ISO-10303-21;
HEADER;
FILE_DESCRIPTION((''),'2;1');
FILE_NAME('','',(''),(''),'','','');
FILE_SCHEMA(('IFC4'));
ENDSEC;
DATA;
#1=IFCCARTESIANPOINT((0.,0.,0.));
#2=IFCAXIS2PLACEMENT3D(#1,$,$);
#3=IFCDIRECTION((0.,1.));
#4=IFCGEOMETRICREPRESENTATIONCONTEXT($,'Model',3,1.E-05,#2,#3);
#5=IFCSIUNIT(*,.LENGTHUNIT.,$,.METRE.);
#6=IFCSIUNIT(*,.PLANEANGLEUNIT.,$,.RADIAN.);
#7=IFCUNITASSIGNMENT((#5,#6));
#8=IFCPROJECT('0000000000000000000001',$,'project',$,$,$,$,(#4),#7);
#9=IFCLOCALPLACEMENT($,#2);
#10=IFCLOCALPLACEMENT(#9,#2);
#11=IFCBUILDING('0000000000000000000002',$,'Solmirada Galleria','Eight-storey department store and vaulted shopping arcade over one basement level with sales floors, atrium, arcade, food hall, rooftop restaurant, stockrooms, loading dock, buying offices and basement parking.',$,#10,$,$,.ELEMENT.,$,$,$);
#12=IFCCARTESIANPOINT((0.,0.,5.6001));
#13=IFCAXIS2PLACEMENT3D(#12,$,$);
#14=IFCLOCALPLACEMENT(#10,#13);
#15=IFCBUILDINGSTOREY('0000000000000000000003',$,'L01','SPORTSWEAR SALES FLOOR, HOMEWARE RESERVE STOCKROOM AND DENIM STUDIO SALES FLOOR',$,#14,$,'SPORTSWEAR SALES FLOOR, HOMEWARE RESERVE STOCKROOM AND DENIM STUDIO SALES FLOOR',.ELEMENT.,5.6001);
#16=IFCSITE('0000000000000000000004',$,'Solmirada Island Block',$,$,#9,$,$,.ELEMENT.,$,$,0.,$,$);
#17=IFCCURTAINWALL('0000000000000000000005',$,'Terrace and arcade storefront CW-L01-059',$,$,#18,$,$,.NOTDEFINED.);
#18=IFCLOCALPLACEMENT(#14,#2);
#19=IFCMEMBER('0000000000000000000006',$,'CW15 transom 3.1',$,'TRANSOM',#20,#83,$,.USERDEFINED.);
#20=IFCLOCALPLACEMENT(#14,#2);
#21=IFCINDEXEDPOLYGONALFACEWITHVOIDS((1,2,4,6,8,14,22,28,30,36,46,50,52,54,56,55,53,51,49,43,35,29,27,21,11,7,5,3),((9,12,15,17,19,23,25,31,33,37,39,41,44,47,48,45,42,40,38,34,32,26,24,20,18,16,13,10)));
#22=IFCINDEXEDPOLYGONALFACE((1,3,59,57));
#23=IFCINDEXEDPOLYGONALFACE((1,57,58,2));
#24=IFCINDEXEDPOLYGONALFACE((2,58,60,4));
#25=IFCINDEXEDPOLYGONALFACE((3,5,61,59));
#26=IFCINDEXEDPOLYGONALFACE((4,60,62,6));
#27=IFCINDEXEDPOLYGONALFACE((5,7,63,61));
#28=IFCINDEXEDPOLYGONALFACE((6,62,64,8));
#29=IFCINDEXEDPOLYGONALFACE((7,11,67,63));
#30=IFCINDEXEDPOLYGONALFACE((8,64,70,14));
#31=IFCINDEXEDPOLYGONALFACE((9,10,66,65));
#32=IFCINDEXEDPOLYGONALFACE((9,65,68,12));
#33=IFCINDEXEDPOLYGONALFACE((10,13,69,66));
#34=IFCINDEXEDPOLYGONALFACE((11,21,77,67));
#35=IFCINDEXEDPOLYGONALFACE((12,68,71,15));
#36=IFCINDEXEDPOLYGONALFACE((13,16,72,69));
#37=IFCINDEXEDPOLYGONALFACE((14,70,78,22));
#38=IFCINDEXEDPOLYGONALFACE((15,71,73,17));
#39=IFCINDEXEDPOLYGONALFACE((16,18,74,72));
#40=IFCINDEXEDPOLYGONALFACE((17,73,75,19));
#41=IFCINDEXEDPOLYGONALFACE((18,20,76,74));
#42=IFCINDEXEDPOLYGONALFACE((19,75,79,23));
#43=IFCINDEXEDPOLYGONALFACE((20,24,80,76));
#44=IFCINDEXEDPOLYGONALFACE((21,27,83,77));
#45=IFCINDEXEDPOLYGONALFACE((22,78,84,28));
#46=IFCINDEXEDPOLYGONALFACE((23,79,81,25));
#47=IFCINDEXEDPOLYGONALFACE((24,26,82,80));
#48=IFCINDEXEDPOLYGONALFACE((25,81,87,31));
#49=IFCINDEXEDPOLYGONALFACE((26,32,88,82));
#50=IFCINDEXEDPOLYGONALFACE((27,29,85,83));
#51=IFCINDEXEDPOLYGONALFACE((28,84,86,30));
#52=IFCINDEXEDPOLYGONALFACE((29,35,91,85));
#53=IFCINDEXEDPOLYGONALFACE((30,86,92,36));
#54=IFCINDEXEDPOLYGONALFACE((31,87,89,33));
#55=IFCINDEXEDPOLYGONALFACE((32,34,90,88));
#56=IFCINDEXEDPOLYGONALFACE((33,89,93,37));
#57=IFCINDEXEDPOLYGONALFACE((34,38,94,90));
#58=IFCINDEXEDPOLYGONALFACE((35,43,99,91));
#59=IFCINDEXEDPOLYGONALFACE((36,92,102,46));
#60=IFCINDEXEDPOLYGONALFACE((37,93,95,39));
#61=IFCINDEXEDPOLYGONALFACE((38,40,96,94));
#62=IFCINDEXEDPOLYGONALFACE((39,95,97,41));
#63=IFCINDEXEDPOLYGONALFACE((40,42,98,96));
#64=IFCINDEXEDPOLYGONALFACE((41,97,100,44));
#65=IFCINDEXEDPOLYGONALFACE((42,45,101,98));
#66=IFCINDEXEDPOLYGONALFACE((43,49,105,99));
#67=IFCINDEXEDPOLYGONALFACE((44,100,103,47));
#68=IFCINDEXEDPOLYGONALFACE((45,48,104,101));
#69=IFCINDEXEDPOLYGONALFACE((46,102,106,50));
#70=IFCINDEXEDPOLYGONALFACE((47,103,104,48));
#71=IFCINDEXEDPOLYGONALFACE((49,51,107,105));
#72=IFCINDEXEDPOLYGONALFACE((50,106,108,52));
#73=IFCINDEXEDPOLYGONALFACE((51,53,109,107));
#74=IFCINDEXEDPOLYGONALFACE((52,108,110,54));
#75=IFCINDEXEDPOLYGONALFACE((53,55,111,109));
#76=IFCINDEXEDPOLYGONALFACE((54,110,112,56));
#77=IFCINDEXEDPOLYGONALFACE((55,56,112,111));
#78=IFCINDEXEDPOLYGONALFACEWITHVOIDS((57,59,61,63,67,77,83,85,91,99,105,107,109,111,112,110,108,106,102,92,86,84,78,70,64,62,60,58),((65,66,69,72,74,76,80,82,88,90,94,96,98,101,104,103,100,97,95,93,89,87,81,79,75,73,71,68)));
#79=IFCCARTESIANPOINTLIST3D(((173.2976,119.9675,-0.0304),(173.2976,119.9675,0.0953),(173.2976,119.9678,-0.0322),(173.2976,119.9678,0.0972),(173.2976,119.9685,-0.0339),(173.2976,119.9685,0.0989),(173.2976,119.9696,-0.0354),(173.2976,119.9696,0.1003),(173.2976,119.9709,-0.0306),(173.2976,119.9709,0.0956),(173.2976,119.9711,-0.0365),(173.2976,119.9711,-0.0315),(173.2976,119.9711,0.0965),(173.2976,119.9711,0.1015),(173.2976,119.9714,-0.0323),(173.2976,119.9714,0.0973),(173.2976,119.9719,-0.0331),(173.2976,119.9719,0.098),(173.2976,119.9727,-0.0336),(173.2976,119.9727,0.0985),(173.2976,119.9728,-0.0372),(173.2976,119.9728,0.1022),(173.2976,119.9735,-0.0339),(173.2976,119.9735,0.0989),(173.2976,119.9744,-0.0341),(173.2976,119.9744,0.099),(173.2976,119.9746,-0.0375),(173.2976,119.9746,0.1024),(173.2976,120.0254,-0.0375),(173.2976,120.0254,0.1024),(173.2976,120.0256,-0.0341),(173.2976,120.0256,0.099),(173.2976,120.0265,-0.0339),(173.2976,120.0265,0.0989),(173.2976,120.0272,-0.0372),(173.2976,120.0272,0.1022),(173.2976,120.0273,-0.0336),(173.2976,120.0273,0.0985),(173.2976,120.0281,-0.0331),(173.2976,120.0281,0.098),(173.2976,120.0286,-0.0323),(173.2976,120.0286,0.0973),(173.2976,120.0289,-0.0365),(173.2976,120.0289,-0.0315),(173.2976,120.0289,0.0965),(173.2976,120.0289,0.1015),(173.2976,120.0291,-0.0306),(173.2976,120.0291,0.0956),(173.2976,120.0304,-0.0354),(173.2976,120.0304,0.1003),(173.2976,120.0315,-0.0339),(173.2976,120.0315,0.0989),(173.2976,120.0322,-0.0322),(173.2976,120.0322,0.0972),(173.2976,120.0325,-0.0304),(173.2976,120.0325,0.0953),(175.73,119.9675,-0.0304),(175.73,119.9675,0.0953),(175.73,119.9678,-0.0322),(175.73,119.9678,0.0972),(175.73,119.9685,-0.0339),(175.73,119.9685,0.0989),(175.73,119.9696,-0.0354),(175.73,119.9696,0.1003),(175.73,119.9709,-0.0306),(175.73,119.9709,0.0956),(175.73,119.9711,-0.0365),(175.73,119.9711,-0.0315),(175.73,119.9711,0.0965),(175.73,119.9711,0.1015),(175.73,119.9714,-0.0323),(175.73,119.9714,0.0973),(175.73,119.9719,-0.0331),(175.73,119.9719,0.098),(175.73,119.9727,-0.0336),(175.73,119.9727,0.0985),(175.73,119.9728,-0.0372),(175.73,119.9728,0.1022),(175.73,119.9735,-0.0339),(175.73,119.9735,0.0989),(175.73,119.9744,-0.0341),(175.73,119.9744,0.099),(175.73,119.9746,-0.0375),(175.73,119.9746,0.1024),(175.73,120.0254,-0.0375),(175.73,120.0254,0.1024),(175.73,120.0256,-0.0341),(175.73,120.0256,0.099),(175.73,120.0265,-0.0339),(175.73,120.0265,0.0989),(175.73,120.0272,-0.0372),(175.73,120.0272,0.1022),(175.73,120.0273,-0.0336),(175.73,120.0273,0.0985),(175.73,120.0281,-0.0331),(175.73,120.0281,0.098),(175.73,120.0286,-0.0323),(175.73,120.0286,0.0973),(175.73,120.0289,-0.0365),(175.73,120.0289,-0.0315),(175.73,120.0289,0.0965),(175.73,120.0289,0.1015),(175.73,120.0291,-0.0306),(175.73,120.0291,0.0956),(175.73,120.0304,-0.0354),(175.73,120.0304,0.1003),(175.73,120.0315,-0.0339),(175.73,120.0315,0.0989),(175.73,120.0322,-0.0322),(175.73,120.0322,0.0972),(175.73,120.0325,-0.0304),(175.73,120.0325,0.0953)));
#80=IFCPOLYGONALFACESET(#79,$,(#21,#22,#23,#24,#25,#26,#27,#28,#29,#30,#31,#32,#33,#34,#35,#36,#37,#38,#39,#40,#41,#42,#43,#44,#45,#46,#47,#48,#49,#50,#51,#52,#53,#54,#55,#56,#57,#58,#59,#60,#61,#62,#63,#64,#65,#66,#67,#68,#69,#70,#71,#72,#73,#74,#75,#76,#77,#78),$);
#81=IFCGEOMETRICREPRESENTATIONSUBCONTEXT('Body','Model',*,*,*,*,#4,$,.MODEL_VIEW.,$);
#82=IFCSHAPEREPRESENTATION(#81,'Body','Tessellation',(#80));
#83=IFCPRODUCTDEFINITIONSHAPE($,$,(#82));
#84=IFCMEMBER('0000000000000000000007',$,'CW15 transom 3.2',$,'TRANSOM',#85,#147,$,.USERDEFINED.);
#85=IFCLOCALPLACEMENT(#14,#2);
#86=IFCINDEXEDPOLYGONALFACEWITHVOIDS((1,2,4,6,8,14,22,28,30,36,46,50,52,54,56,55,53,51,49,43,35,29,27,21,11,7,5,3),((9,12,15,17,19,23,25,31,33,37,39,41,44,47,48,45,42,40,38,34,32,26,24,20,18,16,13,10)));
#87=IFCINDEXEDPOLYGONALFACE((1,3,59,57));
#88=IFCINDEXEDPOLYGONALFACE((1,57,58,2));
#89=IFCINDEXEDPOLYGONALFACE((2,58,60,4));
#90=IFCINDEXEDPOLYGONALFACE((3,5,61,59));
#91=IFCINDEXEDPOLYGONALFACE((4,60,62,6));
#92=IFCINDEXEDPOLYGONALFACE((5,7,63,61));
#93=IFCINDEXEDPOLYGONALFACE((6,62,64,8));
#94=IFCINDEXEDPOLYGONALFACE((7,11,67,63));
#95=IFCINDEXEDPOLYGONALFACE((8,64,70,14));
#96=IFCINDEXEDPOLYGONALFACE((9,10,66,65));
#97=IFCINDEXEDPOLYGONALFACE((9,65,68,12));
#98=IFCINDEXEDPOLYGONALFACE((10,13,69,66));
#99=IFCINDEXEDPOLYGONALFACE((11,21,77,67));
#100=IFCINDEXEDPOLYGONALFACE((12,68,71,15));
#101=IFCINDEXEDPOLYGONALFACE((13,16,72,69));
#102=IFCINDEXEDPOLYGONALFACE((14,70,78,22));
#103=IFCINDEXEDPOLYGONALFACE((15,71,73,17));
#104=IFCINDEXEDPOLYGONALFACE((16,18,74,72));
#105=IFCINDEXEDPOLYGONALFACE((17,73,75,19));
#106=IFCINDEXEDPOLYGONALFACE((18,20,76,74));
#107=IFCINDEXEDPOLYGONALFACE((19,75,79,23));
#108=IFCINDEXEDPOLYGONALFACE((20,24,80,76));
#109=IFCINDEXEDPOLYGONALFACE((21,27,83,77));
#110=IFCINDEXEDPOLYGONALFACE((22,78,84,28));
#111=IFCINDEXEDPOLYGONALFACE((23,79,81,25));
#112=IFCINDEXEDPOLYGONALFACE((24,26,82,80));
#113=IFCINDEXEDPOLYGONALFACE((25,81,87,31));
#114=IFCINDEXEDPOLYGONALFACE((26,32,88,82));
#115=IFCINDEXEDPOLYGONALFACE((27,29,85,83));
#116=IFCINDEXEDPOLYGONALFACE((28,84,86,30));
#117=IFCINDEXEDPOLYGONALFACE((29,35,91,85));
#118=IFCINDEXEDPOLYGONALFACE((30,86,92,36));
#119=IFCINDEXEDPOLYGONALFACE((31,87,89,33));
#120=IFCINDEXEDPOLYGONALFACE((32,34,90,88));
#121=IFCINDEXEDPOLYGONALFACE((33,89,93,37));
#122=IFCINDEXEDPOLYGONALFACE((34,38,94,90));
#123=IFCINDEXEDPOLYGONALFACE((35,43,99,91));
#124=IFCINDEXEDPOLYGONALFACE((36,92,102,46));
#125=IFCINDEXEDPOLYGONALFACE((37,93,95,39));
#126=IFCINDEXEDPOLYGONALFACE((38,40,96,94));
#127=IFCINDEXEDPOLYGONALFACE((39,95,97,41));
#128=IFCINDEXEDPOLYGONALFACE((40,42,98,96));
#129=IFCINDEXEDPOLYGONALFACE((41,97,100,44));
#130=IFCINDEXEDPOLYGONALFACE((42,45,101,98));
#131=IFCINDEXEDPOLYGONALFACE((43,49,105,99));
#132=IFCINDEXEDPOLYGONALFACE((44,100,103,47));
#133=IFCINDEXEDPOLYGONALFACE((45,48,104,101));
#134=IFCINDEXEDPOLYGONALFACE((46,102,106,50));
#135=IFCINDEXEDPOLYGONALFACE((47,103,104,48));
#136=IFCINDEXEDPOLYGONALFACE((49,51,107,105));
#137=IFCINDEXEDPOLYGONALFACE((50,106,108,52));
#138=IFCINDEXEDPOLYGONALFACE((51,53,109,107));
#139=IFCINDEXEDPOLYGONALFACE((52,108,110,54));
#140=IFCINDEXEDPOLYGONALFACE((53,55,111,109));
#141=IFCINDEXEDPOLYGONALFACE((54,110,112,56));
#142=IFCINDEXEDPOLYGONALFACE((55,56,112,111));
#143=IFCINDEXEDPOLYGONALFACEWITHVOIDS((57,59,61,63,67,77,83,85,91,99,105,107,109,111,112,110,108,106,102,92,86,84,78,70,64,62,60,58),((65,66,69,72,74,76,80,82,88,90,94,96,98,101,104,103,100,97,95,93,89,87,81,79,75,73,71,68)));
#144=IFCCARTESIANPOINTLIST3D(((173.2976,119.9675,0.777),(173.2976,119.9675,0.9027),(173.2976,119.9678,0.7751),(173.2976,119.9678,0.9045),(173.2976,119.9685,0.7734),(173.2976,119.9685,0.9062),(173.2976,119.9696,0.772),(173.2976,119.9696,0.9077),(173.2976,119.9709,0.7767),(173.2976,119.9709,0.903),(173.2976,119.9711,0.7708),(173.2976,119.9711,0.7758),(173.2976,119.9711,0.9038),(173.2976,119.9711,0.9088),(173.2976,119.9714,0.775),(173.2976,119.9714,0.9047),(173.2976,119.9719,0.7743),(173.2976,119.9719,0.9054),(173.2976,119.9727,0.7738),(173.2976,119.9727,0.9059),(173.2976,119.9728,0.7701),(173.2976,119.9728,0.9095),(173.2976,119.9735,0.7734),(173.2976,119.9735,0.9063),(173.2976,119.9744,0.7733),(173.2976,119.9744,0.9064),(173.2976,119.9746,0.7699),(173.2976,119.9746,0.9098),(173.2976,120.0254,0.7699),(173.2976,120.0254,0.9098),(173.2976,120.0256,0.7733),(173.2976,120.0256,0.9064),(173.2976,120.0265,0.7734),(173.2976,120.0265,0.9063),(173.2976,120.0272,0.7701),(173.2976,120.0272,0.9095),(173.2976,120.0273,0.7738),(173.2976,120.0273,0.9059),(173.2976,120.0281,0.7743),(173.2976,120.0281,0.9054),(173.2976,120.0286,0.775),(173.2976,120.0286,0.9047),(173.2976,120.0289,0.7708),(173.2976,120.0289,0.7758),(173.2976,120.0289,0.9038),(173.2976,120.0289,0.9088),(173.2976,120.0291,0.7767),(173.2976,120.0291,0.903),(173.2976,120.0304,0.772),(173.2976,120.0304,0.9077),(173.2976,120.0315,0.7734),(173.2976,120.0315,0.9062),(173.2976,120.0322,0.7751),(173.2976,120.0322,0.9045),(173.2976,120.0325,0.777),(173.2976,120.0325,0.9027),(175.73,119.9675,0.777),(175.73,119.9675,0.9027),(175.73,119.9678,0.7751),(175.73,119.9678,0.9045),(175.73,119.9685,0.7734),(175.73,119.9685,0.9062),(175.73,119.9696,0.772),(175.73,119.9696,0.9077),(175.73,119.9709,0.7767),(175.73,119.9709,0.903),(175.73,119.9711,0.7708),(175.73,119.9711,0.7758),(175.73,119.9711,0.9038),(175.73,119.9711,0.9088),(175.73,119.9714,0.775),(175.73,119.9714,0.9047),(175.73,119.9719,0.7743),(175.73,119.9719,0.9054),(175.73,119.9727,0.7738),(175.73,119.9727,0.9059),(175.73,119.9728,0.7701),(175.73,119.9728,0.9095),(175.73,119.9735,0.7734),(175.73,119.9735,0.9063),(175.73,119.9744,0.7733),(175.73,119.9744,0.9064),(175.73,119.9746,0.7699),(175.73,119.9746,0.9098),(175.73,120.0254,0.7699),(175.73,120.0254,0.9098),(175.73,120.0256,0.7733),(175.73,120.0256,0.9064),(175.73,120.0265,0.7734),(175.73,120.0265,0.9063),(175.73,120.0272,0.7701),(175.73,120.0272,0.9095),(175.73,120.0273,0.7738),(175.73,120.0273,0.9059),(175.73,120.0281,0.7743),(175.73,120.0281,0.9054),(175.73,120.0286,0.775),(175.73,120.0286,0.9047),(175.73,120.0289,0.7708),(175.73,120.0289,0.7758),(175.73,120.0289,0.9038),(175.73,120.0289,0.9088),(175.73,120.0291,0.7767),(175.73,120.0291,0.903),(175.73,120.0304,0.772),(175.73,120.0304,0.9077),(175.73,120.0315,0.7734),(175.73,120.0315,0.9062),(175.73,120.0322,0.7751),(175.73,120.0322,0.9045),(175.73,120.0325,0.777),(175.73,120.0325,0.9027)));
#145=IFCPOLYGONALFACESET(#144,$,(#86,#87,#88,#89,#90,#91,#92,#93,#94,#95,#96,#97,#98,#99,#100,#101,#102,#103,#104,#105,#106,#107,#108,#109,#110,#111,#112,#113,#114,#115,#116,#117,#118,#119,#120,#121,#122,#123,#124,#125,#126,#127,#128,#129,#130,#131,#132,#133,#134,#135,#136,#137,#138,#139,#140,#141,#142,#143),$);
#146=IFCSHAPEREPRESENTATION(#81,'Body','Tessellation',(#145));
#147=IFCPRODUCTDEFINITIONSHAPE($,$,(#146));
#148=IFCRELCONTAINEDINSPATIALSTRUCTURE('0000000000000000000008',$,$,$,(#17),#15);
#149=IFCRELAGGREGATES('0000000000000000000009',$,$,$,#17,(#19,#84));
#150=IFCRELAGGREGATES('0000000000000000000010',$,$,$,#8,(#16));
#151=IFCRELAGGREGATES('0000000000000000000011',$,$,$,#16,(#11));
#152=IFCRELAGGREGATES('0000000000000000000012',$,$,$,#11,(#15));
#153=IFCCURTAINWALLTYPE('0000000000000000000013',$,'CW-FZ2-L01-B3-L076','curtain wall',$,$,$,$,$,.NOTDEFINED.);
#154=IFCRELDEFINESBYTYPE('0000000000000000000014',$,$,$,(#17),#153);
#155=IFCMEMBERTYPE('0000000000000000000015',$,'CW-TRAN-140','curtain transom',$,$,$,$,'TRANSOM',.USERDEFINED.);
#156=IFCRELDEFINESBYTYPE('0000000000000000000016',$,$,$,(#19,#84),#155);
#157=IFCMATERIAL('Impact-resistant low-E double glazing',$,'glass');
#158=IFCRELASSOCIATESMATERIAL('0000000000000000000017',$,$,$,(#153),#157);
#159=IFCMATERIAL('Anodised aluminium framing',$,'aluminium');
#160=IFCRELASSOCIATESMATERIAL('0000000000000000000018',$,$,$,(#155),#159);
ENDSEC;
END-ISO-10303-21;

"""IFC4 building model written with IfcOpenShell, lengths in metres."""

from ifc_helpers import new_model, si_unit, direction, frame, origin, origin_2d, place, context, subcontext, project, spatial, hollow_rectangle, extrude, material, material_profile, profile_set, type_object, element, aggregate, save


model = new_model("IFC4")

# Units and contexts
model_context = context("Model", 3, precision=1e-05, world=origin(), true_north=direction((0.0, 1.0)))
body_context = subcontext(model_context, "Body", "Model", "MODEL_VIEW")
ifc_project = project(units=[si_unit("LENGTHUNIT", "METRE"), si_unit("PLANEANGLEUNIT", "RADIAN")], contexts=[model_context])

# Site, building, storey
site_placement = place(None, origin())
site = spatial("IfcSite", under=ifc_project, at=site_placement, Name="Solmirada Island Block", CompositionType="ELEMENT", RefElevation=0.0)
building_placement = place(site_placement, origin())
building = spatial("IfcBuilding", under=site, at=building_placement, Name="Solmirada Galleria", Description="Eight-storey department store and vaulted shopping arcade over one basement level with sales floors, atrium, arcade, food hall, rooftop restaurant, stockrooms, loading dock, buying offices and basement parking.", CompositionType="ELEMENT")
storey_placement = place(building_placement, frame((0.0, 0.0, 5.6001)))
storey = spatial("IfcBuildingStorey", under=building, at=storey_placement, Name="L01", Description="SPORTSWEAR SALES FLOOR, HOMEWARE RESERVE STOCKROOM AND DENIM STUDIO SALES FLOOR", LongName="SPORTSWEAR SALES FLOOR, HOMEWARE RESERVE STOCKROOM AND DENIM STUDIO SALES FLOOR", CompositionType="ELEMENT", Elevation=5.6001)

# Curtain wall
ifc_material_1 = material(Name="Impact-resistant low-E double glazing", Category="glass")
curtain_wall_type = type_object("IfcCurtainWallType", Name="CW-FZ2-L01-B3-L076", Description="curtain wall", PredefinedType="NOTDEFINED", material=ifc_material_1)
curtain_wall_1_placement = place(storey_placement, origin())
curtain_wall_1 = element("IfcCurtainWall", 1, at=curtain_wall_1_placement, inside=storey, type_object=curtain_wall_type, Name="Terrace and arcade storefront CW-L01-059", PredefinedType="NOTDEFINED")
ifc_material_2 = material(Name="Anodised aluminium framing", Category="aluminium")

# Members
ifc_material_profile_1 = material_profile(ifc_material_2, hollow_rectangle(XDim=0.0649, YDim=0.1399, WallThickness=0.0034, InnerFilletRadius=0.0034, OuterFilletRadius=0.0071, at=origin_2d()), Name="ALU-TRAN-140X65")
ifc_profile_set_1 = profile_set([ifc_material_profile_1], Name="Anodised aluminium framing")
member_type_1 = type_object("IfcMemberType", Name="CW-TRAN-140", Description="curtain transom", ElementType="TRANSOM", PredefinedType="USERDEFINED", material=ifc_profile_set_1)
member_1_placement = place(storey_placement, frame((173.2976, 120.0, 0.0325), z_axis=(1.0, 0.0, 0.0), x_axis=(0.0, 1.0, 0.0)))
member_1 = element("IfcMember", 2, at=member_1_placement, type_object=member_type_1, Name="CW15 transom 3.1", ObjectType="TRANSOM", PredefinedType="USERDEFINED", context=body_context, shape_type="SweptSolid", body=[
    extrude(hollow_rectangle(XDim=0.0649, YDim=0.1399, WallThickness=0.0034, InnerFilletRadius=0.0034, OuterFilletRadius=0.0071, at=origin_2d()), origin(), (0.0, 0.0, 1.0), 2.4324),
])
member_2_placement = place(storey_placement, frame((173.2976, 120.0, 0.8398), z_axis=(1.0, 0.0, 0.0), x_axis=(0.0, 1.0, 0.0)))
member_2 = element("IfcMember", 3, at=member_2_placement, type_object=member_type_1, Name="CW15 transom 3.2", ObjectType="TRANSOM", PredefinedType="USERDEFINED", context=body_context, shape_type="SweptSolid", body=[
    extrude(hollow_rectangle(XDim=0.0649, YDim=0.1399, WallThickness=0.0034, InnerFilletRadius=0.0034, OuterFilletRadius=0.0071, at=origin_2d()), origin(), (0.0, 0.0, 1.0), 2.4324),
])

aggregate(curtain_wall_1, [member_1, member_2])

save(model, "model.ifc")
